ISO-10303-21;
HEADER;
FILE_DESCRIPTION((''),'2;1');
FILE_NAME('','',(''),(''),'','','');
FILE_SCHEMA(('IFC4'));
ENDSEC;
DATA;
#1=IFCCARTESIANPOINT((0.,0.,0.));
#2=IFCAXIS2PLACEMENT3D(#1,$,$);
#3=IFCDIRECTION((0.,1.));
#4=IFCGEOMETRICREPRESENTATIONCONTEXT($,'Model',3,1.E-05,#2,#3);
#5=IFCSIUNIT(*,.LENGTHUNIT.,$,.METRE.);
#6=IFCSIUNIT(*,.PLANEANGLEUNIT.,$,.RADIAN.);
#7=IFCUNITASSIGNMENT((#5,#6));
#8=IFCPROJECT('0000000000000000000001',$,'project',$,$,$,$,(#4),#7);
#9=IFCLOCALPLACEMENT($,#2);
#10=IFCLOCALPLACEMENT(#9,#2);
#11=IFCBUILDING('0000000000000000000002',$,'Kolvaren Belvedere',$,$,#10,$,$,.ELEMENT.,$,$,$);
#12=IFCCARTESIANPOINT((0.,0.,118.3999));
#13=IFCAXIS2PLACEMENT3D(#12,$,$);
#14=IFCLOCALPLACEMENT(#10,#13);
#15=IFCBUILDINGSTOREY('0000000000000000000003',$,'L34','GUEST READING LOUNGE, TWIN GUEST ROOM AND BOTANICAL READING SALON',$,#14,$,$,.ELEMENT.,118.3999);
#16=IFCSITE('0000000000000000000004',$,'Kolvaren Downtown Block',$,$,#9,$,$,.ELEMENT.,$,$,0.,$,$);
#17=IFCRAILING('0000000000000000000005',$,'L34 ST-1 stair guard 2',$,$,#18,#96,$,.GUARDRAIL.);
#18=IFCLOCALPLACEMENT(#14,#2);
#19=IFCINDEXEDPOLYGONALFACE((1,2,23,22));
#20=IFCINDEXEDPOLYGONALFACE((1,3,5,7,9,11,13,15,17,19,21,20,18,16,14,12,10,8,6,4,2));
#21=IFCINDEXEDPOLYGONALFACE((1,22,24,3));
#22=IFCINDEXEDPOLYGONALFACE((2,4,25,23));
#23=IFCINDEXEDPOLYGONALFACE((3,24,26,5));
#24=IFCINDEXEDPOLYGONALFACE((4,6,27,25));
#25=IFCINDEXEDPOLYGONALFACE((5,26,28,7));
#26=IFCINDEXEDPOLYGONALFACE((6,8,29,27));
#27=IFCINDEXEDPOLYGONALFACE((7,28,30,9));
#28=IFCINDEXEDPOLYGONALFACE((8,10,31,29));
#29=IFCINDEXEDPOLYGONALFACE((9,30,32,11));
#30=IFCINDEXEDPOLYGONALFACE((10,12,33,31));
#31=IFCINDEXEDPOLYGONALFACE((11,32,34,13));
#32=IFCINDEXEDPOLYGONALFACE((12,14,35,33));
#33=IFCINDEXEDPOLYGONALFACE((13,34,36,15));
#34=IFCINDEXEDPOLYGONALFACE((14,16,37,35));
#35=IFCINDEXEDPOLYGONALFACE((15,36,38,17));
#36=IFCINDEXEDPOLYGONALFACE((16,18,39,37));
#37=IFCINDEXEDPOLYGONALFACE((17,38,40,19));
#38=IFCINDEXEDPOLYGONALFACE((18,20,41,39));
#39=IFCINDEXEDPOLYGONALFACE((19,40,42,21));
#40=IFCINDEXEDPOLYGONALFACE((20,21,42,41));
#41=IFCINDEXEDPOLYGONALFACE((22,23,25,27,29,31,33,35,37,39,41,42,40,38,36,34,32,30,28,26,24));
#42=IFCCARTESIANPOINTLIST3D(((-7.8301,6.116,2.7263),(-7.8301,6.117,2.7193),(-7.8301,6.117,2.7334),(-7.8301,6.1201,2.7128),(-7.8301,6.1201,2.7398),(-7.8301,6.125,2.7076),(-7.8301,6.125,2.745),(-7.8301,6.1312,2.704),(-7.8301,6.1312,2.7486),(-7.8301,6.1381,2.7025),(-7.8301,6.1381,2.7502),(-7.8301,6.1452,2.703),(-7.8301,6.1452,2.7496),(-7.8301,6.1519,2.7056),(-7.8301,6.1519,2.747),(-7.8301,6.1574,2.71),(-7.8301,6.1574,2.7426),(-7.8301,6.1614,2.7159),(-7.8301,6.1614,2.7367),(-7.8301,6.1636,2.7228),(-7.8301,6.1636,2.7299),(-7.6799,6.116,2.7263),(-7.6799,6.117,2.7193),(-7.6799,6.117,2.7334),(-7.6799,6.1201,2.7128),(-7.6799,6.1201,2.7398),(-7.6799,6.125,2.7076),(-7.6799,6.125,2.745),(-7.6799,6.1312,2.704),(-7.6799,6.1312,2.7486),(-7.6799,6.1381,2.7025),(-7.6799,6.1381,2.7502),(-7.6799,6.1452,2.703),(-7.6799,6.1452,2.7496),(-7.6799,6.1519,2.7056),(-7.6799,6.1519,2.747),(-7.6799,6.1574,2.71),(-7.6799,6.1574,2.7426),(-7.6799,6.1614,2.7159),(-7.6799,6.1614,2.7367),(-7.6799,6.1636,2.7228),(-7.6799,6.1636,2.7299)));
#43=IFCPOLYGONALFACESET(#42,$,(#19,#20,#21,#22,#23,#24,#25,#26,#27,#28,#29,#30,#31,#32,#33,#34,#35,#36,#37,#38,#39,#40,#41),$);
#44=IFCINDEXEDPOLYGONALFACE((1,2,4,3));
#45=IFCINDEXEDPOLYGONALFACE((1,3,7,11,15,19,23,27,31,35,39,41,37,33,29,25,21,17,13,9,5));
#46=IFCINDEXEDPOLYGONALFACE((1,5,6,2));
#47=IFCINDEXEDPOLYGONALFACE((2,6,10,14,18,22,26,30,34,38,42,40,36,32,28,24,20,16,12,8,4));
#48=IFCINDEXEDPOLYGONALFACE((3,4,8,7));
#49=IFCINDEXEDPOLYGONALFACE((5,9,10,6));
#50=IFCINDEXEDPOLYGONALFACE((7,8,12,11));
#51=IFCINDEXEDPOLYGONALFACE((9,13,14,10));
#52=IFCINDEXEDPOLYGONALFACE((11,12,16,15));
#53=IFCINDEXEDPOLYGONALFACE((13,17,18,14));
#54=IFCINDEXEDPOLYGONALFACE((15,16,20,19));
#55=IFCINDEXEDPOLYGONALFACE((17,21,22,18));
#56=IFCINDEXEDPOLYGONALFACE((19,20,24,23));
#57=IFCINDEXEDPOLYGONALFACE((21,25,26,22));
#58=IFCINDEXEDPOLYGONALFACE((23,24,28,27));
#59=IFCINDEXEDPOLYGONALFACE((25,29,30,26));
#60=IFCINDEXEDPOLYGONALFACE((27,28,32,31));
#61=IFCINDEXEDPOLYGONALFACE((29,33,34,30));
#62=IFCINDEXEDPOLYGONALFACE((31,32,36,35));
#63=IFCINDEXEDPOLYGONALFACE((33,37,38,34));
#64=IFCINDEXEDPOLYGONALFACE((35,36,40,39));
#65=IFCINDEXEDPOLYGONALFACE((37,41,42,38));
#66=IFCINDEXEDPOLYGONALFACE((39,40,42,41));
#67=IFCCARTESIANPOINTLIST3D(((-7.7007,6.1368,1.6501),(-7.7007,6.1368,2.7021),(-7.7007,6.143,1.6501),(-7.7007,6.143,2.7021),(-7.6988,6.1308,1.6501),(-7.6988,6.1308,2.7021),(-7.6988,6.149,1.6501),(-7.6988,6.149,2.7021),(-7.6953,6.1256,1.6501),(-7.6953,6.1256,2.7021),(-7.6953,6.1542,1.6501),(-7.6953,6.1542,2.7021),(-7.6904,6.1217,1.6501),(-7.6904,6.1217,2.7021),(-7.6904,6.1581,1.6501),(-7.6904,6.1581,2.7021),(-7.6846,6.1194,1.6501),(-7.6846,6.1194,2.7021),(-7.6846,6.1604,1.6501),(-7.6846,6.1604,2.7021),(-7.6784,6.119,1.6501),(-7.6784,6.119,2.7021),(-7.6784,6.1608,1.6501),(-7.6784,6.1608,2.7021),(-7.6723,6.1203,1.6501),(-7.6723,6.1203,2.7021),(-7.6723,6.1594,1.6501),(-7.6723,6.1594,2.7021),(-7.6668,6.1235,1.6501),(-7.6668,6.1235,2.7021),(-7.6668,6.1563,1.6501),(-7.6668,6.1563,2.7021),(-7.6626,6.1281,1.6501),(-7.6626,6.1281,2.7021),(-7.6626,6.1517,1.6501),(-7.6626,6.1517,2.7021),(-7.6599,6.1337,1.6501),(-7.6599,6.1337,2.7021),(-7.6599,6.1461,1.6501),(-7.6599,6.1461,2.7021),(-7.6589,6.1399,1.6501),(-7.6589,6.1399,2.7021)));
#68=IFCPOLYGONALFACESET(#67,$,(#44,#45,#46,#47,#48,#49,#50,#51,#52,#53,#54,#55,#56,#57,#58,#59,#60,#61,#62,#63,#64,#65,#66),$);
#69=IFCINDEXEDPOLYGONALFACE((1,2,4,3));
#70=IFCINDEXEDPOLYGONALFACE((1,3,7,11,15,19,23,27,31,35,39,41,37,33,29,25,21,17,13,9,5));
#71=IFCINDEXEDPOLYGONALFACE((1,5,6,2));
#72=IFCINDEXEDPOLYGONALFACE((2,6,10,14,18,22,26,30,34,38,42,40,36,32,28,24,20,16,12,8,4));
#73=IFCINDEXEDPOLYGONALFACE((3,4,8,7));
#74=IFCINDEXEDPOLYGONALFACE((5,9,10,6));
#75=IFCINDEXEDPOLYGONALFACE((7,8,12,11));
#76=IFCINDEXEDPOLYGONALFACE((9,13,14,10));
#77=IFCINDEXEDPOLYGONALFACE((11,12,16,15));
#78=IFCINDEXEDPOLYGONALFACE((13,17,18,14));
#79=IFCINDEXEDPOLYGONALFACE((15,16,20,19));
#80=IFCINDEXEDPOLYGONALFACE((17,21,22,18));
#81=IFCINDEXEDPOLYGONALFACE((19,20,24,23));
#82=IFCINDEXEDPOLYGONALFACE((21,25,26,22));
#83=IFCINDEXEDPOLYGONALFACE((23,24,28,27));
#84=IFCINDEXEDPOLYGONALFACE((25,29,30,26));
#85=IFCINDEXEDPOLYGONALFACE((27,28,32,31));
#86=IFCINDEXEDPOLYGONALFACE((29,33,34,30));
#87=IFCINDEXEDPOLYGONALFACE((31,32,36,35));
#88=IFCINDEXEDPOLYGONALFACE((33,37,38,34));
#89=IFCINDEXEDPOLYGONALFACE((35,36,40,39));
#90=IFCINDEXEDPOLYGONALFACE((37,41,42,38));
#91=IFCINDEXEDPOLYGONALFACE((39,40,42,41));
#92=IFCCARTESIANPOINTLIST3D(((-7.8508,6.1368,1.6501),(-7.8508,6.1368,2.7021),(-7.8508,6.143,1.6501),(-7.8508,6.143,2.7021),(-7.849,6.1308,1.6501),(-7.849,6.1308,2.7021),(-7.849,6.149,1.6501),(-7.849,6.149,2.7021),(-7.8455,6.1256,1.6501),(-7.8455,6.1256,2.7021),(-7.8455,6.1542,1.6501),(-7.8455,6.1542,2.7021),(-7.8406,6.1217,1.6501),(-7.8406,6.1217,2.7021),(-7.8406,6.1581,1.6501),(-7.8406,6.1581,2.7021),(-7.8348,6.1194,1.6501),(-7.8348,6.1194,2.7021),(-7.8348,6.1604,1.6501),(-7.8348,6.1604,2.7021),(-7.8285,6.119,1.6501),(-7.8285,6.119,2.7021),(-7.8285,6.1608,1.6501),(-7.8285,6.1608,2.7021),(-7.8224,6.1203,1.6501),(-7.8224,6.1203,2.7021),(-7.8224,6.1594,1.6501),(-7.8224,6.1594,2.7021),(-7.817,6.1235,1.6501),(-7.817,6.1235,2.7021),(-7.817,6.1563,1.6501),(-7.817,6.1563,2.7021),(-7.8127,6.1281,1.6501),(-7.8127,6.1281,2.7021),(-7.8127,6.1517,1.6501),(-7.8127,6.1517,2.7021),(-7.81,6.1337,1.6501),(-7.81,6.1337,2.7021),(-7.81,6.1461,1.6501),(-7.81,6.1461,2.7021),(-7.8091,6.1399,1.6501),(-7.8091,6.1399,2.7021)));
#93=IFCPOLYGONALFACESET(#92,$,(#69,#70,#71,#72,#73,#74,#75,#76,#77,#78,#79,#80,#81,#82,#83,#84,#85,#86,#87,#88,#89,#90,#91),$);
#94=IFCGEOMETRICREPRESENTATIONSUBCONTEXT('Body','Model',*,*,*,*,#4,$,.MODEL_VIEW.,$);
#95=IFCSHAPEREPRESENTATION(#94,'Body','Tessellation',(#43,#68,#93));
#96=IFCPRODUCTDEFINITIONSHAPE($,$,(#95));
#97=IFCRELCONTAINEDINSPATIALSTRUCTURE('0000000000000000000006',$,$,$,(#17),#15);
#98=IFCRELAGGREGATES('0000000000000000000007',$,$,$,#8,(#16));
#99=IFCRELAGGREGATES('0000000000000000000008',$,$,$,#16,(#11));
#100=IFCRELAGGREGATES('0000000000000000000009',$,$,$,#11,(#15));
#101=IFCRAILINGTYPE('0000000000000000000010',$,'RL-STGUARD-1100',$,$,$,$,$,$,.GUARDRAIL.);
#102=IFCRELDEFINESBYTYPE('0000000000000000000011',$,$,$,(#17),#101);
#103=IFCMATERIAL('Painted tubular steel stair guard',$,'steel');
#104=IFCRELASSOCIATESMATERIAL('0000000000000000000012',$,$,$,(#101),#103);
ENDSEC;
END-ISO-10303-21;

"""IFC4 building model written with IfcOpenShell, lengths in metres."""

from ifc_helpers import new_model, si_unit, direction, frame, origin, origin_2d, place, context, subcontext, project, spatial, circle, extrude, material, type_object, element, save


model = new_model("IFC4")

# Units and contexts
model_context = context("Model", 3, precision=1e-05, world=origin(), true_north=direction((0.0, 1.0)))
body_context = subcontext(model_context, "Body", "Model", "MODEL_VIEW")
ifc_project = project(units=[si_unit("LENGTHUNIT", "METRE"), si_unit("PLANEANGLEUNIT", "RADIAN")], contexts=[model_context])

# Site, building, storey
site_placement = place(None, origin())
site = spatial("IfcSite", under=ifc_project, at=site_placement, Name="Kolvaren Downtown Block", CompositionType="ELEMENT", RefElevation=0.0)
building_placement = place(site_placement, origin())
building = spatial("IfcBuilding", under=site, at=building_placement, Name="Kolvaren Belvedere", CompositionType="ELEMENT")
storey_placement = place(building_placement, frame((0.0, 0.0, 118.3999)))
storey = spatial("IfcBuildingStorey", under=building, at=storey_placement, Name="L34", Description="GUEST READING LOUNGE, TWIN GUEST ROOM AND BOTANICAL READING SALON", CompositionType="ELEMENT", Elevation=118.3999)

# Railing
ifc_material_1 = material(Name="Painted tubular steel stair guard", Category="steel")
railing_type_1 = type_object("IfcRailingType", Name="RL-STGUARD-1100", PredefinedType="GUARDRAIL", material=ifc_material_1)
railing_1_placement = place(storey_placement, frame((-7.6799, 6.1399, 1.6501)))
element("IfcRailing", 1, at=railing_1_placement, inside=storey, type_object=railing_type_1, Name="L34 ST-1 stair guard 2", PredefinedType="GUARDRAIL", context=body_context, shape_type="SweptSolid", body=[
    extrude(circle(Radius=0.0239, at=origin_2d()), frame((0.0, 0.0, 1.0762), z_axis=(-1.0, 0.0, 0.0), x_axis=(0.0, -1.0, 0.0)), (0.0, 0.0, 1.0), 0.1501),
    extrude(circle(Radius=0.021, at=origin_2d()), origin(), (0.0, 0.0, 1.0), 1.052),
    extrude(circle(Radius=0.021, at=origin_2d()), frame((-0.1501, 0.0, 0.0)), (0.0, 0.0, 1.0), 1.052),
])

save(model, "model.ifc")
